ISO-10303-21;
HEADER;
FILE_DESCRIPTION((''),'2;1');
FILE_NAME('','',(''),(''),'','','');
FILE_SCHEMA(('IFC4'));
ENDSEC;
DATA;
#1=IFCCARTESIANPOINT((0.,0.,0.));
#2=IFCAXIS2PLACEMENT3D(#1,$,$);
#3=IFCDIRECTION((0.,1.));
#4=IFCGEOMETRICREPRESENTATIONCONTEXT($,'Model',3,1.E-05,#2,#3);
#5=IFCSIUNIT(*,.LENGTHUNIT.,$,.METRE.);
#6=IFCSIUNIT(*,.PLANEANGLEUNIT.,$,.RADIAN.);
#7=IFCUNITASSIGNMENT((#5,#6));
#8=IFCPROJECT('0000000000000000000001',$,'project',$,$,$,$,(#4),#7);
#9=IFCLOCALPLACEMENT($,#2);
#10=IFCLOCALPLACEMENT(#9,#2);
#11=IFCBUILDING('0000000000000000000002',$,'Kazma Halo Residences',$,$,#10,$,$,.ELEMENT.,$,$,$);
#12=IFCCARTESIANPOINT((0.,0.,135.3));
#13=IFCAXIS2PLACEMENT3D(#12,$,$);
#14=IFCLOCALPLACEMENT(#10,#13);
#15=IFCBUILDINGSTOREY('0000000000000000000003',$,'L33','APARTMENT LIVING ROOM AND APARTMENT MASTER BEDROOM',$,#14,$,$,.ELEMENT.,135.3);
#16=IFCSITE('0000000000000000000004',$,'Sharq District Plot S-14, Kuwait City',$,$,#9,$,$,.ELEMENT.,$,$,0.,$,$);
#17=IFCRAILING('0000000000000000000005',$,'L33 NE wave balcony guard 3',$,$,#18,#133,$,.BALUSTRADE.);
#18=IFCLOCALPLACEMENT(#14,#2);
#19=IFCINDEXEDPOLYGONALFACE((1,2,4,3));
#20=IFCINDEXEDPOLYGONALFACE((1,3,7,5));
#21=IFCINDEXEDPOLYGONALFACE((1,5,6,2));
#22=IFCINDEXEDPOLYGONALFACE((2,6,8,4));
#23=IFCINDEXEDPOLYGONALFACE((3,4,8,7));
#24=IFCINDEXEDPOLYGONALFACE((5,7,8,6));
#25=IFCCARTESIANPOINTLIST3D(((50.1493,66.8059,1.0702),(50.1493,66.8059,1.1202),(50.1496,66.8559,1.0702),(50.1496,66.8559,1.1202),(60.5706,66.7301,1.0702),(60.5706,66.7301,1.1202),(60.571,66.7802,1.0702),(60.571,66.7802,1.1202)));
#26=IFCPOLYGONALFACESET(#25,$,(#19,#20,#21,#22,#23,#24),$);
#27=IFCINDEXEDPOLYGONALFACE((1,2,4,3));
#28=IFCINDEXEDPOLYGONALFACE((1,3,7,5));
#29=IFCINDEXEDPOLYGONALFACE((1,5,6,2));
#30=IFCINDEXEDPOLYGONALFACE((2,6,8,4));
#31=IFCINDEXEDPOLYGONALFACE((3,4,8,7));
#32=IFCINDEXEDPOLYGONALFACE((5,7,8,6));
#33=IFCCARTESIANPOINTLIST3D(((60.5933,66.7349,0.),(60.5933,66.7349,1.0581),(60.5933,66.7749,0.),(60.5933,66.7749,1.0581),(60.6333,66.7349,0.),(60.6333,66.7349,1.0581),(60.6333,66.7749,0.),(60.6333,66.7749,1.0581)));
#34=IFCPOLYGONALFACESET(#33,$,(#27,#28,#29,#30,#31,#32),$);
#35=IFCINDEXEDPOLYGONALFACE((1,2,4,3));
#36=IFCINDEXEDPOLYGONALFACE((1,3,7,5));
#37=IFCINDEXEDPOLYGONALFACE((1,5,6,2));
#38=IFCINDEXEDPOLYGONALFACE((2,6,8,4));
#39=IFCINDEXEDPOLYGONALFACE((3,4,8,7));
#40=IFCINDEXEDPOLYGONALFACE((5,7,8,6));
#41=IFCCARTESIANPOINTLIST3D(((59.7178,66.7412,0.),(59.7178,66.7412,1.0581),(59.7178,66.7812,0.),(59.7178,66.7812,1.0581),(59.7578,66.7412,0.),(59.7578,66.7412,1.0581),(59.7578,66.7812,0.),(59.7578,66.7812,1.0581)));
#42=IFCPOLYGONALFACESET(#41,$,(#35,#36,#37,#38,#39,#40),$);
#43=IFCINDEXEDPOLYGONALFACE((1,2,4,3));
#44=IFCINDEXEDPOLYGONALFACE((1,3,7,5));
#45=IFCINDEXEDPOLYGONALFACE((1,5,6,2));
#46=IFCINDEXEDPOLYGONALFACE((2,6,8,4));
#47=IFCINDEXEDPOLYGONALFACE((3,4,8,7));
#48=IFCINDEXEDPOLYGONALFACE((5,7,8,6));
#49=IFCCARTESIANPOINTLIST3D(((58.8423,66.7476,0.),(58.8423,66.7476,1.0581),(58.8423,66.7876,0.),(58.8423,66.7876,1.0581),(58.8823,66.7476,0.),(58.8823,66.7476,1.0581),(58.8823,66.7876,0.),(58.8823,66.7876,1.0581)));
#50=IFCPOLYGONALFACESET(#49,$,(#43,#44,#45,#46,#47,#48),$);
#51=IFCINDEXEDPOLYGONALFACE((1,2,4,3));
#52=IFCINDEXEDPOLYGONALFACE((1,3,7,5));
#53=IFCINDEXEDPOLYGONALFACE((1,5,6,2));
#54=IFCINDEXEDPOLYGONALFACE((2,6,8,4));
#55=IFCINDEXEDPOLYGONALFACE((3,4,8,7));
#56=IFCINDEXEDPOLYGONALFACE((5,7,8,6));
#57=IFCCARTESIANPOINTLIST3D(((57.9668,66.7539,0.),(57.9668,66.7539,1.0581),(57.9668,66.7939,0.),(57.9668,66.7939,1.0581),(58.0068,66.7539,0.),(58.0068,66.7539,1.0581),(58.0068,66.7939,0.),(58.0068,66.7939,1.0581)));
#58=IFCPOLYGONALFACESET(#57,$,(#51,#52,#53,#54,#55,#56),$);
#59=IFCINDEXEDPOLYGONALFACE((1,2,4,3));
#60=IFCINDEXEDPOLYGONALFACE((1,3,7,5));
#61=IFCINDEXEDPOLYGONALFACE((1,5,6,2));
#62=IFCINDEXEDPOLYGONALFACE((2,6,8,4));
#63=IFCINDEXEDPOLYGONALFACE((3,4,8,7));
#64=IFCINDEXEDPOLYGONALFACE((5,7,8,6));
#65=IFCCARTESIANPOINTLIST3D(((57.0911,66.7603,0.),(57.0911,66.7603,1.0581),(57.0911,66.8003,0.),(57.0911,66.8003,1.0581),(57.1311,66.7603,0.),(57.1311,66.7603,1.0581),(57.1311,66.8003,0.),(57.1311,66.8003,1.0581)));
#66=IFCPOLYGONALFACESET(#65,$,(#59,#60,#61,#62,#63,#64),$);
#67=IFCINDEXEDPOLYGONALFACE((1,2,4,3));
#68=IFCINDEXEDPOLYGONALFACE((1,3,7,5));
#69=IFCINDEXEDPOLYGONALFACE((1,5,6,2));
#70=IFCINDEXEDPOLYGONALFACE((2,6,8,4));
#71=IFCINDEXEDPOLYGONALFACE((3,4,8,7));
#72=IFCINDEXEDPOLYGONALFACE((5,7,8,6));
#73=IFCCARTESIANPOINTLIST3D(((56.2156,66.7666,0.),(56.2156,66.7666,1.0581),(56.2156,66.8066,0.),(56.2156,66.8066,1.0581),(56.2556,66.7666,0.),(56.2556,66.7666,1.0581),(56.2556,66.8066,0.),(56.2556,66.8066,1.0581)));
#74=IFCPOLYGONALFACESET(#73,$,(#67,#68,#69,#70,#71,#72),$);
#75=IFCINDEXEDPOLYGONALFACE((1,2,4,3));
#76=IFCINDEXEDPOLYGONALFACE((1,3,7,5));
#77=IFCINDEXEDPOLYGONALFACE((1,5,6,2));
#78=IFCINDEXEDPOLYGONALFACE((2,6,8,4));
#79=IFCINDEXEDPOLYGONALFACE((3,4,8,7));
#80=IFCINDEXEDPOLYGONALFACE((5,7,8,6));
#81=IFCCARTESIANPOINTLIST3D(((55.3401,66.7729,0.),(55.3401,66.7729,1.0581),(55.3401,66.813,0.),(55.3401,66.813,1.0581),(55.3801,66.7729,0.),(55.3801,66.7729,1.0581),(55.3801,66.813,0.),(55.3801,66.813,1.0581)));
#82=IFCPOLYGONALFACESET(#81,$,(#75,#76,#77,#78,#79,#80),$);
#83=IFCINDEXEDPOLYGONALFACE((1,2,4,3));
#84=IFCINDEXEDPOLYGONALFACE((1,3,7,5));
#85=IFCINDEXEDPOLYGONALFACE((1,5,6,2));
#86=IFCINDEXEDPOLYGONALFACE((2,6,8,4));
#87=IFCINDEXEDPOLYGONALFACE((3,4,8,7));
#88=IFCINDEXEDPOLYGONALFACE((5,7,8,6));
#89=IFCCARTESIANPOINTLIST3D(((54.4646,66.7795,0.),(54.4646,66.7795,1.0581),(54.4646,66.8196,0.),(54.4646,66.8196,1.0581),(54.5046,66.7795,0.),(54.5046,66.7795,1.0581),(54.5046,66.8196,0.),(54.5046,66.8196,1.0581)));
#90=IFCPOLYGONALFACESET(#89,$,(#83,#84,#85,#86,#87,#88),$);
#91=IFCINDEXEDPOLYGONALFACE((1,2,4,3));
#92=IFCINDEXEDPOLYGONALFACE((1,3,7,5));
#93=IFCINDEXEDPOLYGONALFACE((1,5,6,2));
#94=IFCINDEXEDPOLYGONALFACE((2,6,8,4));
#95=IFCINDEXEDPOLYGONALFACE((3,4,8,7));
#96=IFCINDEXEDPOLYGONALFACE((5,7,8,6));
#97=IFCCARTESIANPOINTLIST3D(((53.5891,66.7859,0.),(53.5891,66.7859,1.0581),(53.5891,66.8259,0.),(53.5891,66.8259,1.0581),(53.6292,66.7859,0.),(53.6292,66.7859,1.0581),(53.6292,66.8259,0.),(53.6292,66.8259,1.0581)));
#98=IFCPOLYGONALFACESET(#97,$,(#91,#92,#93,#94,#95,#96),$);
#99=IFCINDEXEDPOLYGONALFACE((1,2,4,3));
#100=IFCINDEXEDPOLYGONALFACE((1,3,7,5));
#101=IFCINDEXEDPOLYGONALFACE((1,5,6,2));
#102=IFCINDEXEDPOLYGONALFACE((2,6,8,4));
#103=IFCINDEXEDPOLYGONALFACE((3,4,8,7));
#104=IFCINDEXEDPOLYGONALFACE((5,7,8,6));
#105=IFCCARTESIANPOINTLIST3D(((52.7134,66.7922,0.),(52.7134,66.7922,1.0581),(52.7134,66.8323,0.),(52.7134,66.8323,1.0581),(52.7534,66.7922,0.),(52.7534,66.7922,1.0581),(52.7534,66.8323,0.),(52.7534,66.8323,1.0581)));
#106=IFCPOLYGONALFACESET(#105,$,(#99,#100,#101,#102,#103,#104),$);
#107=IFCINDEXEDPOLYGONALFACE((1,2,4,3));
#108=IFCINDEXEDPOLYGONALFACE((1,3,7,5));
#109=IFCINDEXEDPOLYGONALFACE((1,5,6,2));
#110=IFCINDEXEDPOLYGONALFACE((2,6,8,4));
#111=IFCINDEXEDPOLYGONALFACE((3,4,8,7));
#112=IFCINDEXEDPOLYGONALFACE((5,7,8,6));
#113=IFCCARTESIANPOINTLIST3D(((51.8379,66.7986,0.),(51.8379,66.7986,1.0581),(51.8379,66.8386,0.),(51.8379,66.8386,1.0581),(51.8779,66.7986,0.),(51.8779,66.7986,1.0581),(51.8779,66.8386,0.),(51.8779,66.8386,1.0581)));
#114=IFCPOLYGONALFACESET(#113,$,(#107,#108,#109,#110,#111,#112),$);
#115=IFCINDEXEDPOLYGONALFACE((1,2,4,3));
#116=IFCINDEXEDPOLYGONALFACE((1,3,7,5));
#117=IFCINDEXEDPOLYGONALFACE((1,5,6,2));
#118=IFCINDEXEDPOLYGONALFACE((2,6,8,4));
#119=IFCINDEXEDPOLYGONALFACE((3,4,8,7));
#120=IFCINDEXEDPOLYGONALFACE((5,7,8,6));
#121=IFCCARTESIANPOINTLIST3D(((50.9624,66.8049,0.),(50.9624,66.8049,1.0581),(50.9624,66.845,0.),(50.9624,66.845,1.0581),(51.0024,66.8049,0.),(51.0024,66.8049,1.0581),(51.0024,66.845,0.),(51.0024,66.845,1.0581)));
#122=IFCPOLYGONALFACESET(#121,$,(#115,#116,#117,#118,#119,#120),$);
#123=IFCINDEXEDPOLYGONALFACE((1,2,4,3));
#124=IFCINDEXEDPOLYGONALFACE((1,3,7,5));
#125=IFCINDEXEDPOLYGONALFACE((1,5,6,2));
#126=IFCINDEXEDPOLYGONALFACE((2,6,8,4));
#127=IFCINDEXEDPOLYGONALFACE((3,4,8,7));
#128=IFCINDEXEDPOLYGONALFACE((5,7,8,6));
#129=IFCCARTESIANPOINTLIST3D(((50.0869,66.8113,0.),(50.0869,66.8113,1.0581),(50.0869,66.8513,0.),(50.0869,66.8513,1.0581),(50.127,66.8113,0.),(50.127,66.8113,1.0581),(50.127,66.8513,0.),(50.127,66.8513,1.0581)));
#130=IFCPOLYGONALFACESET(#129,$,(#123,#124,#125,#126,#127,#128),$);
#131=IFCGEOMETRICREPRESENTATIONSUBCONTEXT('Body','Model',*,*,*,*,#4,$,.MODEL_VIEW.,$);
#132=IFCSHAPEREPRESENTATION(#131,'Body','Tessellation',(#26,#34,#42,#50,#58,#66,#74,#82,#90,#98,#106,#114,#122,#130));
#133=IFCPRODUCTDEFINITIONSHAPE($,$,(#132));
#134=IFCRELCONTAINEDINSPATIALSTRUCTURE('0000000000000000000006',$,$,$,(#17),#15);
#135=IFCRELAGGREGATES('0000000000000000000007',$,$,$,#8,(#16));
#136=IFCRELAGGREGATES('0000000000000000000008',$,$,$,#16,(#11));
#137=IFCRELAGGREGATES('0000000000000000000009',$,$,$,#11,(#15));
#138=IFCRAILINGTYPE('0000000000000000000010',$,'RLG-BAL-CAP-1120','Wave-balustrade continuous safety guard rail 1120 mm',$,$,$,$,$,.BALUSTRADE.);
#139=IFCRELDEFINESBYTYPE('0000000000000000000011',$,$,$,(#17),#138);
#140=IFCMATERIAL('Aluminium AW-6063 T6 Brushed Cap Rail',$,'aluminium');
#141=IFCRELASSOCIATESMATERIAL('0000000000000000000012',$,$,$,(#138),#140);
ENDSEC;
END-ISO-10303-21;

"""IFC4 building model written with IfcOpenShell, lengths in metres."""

from ifc_helpers import new_model, si_unit, direction, frame, origin, origin_2d, place, context, subcontext, project, spatial, rectangle, extrude, material, type_object, element, save


model = new_model("IFC4")

# Units and contexts
model_context = context("Model", 3, precision=1e-05, world=origin(), true_north=direction((0.0, 1.0)))
body_context = subcontext(model_context, "Body", "Model", "MODEL_VIEW")
ifc_project = project(units=[si_unit("LENGTHUNIT", "METRE"), si_unit("PLANEANGLEUNIT", "RADIAN")], contexts=[model_context])

# Site, building, storey
site_placement = place(None, origin())
site = spatial("IfcSite", under=ifc_project, at=site_placement, Name="Sharq District Plot S-14, Kuwait City", CompositionType="ELEMENT", RefElevation=0.0)
building_placement = place(site_placement, origin())
building = spatial("IfcBuilding", under=site, at=building_placement, Name="Kazma Halo Residences", CompositionType="ELEMENT")
storey_placement = place(building_placement, frame((0.0, 0.0, 135.3)))
storey = spatial("IfcBuildingStorey", under=building, at=storey_placement, Name="L33", Description="APARTMENT LIVING ROOM AND APARTMENT MASTER BEDROOM", CompositionType="ELEMENT", Elevation=135.3)

# Railing
ifc_material_1 = material(Name="Aluminium AW-6063 T6 Brushed Cap Rail", Category="aluminium")
railing_type = type_object("IfcRailingType", Name="RLG-BAL-CAP-1120", Description="Wave-balustrade continuous safety guard rail 1120 mm", PredefinedType="BALUSTRADE", material=ifc_material_1)
railing_1_placement = place(storey_placement, frame((60.6133, 66.7549, 0.0)))
element("IfcRailing", 1, at=railing_1_placement, inside=storey, type_object=railing_type, Name="L33 NE wave balcony guard 3", PredefinedType="BALUSTRADE", context=body_context, shape_type="SweptSolid", body=[
    extrude(rectangle(XDim=0.05, YDim=0.05, at=origin_2d()), frame((-0.0425, 0.0002, 1.0952), z_axis=(-0.999974, 0.007273, 0.0), x_axis=(-0.007273, -0.999974, 0.0)), (0.0, 0.0, 1.0), 10.4216),
    extrude(rectangle(XDim=0.04, YDim=0.04, at=origin_2d()), origin(), (0.0, 0.0, 1.0), 1.0581),
    extrude(rectangle(XDim=0.04, YDim=0.04, at=origin_2d()), frame((-0.8755, 0.0063, 0.0)), (0.0, 0.0, 1.0), 1.0581),
    extrude(rectangle(XDim=0.04, YDim=0.04, at=origin_2d()), frame((-1.751, 0.0127, 0.0)), (0.0, 0.0, 1.0), 1.0581),
    extrude(rectangle(XDim=0.04, YDim=0.04, at=origin_2d()), frame((-2.6265, 0.019, 0.0)), (0.0, 0.0, 1.0), 1.0581),
    extrude(rectangle(XDim=0.04, YDim=0.04, at=origin_2d()), frame((-3.5022, 0.0254, 0.0)), (0.0, 0.0, 1.0), 1.0581),
    extrude(rectangle(XDim=0.04, YDim=0.04, at=origin_2d()), frame((-4.3777, 0.0317, 0.0)), (0.0, 0.0, 1.0), 1.0581),
    extrude(rectangle(XDim=0.04, YDim=0.04, at=origin_2d()), frame((-5.2532, 0.0381, 0.0)), (0.0, 0.0, 1.0), 1.0581),
    extrude(rectangle(XDim=0.04, YDim=0.04, at=origin_2d()), frame((-6.1287, 0.0447, 0.0)), (0.0, 0.0, 1.0), 1.0581),
    extrude(rectangle(XDim=0.04, YDim=0.04, at=origin_2d()), frame((-7.0042, 0.051, 0.0)), (0.0, 0.0, 1.0), 1.0581),
    extrude(rectangle(XDim=0.04, YDim=0.04, at=origin_2d()), frame((-7.8799, 0.0574, 0.0)), (0.0, 0.0, 1.0), 1.0581),
    extrude(rectangle(XDim=0.04, YDim=0.04, at=origin_2d()), frame((-8.7554, 0.0637, 0.0)), (0.0, 0.0, 1.0), 1.0581),
    extrude(rectangle(XDim=0.04, YDim=0.04, at=origin_2d()), frame((-9.6309, 0.0701, 0.0)), (0.0, 0.0, 1.0), 1.0581),
    extrude(rectangle(XDim=0.04, YDim=0.04, at=origin_2d()), frame((-10.5063, 0.0764, 0.0)), (0.0, 0.0, 1.0), 1.0581),
])

save(model, "model.ifc")
